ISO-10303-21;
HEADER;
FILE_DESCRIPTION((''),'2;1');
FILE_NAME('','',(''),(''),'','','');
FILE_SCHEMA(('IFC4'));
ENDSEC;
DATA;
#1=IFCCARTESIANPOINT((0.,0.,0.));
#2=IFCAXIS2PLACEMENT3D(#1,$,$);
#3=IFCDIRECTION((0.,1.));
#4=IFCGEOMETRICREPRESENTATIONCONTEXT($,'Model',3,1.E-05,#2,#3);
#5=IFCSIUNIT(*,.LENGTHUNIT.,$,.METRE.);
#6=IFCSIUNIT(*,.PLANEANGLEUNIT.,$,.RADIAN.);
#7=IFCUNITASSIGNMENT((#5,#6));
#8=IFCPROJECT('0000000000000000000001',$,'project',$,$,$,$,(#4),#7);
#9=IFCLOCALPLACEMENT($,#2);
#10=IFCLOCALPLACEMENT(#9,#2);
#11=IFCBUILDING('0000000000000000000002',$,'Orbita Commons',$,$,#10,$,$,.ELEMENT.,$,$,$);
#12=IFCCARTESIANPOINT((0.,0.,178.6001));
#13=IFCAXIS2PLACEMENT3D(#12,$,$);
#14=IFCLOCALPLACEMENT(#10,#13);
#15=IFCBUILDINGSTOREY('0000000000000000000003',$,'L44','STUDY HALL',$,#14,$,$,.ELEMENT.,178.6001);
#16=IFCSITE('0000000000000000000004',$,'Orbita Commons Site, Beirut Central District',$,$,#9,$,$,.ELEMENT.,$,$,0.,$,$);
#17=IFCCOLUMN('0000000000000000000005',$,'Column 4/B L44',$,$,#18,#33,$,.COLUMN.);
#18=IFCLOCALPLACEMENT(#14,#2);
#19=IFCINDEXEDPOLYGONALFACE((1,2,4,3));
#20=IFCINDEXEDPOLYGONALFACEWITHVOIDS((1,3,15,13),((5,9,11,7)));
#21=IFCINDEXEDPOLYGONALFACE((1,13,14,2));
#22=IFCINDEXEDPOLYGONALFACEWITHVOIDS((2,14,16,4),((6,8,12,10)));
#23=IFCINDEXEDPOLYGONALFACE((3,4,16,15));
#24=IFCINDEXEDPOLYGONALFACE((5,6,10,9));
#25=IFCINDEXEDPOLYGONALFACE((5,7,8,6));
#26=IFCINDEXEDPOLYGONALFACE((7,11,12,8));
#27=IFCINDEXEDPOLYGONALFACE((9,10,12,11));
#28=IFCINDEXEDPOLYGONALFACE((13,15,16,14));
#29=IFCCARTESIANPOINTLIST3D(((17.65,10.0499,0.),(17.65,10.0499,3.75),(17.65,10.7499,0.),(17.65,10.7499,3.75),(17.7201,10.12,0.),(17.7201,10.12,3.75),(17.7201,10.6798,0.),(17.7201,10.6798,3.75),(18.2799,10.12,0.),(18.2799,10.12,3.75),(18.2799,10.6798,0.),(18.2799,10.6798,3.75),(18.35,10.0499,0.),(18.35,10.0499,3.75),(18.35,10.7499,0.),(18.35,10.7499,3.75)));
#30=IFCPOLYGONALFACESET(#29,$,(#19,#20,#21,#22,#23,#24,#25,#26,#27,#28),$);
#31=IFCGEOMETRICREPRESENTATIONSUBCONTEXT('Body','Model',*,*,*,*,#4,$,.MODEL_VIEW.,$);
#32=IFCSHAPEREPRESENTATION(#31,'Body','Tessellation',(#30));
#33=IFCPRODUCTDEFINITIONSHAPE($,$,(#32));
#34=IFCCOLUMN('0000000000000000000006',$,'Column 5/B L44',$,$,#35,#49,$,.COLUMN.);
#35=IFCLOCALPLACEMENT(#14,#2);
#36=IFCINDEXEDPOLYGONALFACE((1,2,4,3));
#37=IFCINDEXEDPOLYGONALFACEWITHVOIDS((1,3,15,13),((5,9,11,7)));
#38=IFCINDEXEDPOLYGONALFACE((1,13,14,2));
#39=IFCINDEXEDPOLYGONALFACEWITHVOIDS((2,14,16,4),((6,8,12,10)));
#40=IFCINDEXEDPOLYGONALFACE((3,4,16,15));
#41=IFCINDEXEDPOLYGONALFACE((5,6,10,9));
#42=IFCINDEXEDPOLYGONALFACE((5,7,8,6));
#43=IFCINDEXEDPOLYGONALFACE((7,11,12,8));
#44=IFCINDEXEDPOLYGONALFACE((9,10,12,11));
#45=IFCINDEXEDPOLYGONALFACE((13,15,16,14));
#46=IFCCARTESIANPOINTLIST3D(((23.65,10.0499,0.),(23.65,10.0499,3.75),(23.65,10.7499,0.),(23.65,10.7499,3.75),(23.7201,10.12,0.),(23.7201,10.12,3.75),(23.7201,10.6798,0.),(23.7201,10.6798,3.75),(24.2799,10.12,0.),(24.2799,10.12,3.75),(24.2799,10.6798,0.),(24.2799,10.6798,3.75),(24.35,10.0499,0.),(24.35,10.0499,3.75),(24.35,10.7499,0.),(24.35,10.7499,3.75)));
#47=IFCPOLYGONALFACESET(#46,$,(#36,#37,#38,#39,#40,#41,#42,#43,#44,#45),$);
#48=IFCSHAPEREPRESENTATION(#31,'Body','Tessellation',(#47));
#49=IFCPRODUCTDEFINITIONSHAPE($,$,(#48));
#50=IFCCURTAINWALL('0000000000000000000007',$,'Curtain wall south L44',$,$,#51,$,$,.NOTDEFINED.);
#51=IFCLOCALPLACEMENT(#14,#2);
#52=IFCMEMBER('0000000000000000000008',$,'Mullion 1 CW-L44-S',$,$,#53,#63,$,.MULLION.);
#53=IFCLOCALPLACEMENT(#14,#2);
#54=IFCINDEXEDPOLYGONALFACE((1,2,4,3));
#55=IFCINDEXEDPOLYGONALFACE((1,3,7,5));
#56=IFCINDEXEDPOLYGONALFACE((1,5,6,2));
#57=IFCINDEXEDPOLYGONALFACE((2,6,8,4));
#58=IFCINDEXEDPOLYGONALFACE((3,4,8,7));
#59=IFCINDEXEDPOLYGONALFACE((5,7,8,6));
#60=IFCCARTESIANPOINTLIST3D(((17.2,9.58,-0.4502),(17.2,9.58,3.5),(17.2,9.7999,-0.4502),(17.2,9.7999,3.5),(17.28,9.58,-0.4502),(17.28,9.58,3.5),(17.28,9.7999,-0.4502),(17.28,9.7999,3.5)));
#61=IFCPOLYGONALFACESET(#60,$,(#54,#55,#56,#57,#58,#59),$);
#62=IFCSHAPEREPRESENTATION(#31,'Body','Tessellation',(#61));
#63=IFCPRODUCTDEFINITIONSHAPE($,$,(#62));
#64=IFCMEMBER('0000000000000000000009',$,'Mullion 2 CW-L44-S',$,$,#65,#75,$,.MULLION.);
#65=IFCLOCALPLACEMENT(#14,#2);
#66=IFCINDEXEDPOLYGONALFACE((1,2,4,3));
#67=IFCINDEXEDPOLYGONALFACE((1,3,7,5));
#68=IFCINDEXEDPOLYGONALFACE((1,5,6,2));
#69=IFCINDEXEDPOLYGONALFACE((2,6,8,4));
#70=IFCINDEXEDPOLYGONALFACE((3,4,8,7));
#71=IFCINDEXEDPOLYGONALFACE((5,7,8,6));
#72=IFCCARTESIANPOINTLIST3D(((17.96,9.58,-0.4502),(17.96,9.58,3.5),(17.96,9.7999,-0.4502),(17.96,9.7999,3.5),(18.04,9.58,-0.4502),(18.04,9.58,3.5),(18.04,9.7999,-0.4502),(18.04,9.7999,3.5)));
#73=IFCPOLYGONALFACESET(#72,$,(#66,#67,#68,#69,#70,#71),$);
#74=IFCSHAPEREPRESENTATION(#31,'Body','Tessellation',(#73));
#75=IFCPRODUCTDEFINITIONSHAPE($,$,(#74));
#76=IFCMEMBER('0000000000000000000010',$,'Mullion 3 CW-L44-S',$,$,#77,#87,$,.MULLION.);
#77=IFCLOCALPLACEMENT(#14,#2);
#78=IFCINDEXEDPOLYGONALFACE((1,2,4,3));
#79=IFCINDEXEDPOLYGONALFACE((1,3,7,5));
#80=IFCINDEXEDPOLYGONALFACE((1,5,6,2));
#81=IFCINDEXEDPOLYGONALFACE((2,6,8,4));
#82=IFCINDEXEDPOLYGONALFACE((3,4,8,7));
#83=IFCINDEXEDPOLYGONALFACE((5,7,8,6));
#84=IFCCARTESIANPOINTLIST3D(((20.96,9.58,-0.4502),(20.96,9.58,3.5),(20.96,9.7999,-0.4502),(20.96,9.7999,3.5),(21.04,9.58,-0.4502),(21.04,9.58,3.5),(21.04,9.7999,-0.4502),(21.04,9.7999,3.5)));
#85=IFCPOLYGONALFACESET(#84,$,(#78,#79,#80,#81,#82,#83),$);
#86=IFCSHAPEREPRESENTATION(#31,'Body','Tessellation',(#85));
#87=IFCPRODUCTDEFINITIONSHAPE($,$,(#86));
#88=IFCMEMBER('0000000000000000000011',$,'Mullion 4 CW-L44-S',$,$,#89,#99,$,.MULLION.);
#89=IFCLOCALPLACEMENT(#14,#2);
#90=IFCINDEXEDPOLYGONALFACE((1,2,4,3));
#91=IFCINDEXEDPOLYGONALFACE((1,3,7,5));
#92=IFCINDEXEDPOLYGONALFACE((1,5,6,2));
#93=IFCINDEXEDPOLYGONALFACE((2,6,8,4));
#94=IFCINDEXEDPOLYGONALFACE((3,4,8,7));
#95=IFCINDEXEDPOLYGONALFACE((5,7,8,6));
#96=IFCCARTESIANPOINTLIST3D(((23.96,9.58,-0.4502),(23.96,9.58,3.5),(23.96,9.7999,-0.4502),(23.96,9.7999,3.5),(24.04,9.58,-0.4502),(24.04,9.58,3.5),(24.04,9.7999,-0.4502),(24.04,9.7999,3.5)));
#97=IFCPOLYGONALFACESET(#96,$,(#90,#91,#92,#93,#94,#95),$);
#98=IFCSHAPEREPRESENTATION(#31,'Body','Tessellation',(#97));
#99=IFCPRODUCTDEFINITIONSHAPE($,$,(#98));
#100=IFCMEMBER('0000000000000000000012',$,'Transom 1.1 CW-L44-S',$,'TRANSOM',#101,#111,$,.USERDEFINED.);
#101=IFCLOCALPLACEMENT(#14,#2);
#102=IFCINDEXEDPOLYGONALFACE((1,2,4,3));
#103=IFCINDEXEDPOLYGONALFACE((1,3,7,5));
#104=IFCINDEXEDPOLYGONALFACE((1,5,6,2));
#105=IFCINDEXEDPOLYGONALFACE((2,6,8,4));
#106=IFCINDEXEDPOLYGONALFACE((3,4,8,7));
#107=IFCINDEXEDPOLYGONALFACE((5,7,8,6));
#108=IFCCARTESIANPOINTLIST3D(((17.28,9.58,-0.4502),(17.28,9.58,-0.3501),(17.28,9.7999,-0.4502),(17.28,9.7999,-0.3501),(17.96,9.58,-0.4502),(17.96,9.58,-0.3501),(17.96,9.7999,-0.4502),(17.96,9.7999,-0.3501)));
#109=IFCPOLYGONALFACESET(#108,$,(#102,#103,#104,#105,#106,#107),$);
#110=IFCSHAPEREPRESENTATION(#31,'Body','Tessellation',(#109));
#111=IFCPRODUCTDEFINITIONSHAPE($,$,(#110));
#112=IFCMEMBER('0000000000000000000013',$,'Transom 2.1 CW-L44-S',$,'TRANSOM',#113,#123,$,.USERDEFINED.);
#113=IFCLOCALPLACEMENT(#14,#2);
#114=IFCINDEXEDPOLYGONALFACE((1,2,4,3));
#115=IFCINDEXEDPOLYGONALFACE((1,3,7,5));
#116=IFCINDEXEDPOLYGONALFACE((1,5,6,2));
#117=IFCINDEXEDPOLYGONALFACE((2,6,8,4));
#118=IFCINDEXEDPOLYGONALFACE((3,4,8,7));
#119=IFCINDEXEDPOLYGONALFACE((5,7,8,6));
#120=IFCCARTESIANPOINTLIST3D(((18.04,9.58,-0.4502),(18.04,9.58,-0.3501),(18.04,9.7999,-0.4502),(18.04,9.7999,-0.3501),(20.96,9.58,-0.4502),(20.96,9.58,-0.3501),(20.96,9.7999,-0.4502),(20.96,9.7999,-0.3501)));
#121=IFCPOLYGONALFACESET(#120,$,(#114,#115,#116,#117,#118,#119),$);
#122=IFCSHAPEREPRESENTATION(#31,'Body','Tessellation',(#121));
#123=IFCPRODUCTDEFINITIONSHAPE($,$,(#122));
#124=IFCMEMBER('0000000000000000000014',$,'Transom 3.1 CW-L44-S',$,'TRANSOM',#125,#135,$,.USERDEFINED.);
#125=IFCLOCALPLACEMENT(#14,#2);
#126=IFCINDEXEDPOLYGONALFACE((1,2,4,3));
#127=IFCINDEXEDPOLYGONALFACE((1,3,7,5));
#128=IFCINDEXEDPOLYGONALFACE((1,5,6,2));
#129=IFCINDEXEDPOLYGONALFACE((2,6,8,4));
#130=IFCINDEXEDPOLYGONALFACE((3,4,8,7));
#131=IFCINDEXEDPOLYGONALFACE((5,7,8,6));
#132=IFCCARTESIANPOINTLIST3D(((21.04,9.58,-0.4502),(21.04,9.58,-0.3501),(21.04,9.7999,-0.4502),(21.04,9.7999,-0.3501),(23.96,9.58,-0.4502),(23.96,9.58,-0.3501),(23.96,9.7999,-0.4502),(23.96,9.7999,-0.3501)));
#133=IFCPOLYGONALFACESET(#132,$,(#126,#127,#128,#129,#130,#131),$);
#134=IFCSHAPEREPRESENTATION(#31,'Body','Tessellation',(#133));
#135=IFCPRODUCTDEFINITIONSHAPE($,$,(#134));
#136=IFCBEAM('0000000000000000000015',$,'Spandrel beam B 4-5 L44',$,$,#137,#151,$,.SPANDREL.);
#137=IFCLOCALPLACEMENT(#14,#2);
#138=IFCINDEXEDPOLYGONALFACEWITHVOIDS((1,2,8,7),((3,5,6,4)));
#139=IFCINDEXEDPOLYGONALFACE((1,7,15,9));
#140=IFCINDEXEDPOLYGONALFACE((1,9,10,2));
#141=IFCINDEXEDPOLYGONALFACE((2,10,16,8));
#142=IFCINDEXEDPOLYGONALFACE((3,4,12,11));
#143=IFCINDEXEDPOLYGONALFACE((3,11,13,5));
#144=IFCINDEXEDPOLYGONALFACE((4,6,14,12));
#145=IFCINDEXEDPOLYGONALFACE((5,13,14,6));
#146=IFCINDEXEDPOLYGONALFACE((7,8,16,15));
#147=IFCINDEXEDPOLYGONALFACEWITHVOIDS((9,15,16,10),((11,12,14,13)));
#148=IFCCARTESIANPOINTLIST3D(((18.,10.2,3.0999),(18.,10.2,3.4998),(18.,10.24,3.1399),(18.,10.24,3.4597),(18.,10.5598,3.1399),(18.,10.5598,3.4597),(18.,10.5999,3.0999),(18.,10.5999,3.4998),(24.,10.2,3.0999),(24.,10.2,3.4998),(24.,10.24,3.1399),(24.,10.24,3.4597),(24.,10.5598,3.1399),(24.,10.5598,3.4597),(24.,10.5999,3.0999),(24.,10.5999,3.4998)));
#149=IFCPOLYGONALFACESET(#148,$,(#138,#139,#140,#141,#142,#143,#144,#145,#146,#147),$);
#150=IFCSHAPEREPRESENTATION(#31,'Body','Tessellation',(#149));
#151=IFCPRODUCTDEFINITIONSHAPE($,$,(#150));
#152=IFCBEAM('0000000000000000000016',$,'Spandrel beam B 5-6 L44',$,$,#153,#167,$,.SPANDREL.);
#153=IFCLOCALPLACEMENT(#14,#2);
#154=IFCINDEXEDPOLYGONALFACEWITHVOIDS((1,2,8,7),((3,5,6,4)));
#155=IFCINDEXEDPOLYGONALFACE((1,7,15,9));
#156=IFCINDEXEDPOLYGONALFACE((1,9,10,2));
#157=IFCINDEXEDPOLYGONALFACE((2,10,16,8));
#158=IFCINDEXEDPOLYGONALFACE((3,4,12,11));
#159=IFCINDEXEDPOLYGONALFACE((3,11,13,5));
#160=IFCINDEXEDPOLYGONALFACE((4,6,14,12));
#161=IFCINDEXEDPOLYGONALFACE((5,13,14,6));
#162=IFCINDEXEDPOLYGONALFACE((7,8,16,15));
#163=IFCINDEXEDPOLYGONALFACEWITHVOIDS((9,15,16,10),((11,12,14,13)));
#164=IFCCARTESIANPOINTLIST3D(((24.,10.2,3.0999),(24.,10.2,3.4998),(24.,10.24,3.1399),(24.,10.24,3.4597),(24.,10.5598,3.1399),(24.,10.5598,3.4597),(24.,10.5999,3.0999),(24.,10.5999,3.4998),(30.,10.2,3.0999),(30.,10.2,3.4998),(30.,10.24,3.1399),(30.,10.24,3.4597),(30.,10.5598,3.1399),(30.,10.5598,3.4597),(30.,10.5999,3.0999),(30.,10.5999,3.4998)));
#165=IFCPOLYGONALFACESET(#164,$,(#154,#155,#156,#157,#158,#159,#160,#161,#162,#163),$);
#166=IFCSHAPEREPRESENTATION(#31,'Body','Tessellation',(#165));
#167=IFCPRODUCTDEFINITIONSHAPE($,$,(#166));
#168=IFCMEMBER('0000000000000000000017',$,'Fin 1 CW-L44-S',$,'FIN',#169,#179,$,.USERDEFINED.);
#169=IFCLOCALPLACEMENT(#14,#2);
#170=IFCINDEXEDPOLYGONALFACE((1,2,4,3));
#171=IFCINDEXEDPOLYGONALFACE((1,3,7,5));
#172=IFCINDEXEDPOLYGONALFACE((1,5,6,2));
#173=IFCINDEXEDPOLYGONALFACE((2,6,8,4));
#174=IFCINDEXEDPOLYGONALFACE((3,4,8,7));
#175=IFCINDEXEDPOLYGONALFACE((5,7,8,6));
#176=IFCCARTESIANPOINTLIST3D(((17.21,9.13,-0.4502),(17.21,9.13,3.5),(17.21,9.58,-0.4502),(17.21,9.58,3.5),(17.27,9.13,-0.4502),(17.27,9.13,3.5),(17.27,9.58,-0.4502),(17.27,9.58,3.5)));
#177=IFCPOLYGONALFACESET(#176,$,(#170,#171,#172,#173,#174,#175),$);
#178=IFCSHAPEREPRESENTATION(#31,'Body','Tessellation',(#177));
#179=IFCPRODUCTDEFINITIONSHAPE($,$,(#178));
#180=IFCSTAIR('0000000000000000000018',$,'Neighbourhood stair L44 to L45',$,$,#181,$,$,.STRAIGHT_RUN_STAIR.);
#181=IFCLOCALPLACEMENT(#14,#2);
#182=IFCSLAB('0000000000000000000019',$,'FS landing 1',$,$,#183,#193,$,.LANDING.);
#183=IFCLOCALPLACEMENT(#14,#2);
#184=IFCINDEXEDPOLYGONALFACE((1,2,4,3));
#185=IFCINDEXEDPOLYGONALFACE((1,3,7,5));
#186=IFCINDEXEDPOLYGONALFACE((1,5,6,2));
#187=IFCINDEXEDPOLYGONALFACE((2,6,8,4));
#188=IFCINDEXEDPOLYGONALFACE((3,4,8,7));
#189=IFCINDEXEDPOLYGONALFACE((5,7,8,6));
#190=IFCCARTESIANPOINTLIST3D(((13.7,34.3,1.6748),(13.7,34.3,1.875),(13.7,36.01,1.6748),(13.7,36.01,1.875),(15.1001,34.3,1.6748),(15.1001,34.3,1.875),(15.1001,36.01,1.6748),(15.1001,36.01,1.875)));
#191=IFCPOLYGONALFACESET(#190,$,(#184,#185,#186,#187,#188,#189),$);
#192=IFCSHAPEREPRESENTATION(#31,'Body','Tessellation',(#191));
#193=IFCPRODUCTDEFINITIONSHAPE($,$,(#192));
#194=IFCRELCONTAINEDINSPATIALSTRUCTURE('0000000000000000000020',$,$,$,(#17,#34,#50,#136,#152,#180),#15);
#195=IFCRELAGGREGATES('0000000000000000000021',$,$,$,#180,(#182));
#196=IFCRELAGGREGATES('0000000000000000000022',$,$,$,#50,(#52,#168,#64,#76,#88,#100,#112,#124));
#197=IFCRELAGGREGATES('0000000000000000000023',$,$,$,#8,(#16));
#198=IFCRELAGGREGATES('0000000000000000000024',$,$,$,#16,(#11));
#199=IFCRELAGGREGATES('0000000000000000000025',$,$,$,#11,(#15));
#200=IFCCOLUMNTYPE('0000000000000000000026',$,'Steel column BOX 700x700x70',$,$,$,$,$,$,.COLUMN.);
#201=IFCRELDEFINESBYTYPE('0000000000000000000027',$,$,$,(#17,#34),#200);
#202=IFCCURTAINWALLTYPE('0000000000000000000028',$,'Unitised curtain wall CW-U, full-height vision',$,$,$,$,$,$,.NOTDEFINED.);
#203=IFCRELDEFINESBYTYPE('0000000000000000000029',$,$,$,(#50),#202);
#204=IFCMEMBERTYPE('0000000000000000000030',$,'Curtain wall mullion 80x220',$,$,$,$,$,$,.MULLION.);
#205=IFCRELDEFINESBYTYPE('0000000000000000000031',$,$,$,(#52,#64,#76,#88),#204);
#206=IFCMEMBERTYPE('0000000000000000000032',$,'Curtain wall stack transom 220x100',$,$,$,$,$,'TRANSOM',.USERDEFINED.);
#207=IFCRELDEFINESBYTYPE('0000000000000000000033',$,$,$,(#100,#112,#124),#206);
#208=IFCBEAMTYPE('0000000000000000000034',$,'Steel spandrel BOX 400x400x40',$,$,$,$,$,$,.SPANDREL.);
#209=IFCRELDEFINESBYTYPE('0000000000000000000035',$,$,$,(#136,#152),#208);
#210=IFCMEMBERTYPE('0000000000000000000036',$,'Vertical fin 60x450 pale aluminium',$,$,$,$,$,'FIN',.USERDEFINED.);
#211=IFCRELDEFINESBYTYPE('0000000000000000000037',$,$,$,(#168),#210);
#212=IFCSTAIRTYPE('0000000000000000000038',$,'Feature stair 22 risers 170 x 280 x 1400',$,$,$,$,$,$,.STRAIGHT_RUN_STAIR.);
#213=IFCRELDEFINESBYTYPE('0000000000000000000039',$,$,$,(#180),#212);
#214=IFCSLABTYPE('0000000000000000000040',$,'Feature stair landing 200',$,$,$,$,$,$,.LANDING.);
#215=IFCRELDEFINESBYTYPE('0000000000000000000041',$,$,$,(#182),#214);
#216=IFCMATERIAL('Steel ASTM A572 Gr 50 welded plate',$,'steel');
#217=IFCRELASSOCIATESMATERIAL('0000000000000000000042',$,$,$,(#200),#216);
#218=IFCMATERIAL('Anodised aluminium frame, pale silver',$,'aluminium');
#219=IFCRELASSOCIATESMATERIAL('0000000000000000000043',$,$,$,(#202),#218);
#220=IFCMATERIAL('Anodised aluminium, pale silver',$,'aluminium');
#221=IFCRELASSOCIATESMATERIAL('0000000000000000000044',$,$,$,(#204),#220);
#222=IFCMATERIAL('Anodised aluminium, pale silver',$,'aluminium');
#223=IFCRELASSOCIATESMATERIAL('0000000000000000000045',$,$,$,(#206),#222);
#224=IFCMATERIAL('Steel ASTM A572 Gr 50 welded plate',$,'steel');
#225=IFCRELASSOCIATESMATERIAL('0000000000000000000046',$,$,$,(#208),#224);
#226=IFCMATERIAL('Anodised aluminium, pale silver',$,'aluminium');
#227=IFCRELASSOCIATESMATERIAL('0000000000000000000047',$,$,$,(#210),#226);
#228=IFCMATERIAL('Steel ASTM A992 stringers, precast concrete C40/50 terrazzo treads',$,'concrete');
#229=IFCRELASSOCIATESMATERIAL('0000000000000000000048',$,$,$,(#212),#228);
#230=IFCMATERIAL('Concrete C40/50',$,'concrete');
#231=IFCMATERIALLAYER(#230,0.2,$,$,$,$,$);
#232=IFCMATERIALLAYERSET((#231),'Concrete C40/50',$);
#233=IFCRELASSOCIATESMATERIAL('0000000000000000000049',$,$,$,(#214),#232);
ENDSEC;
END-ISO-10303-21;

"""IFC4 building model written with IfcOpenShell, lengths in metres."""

from ifc_helpers import new_model, si_unit, direction, frame, origin, origin_2d, place, context, subcontext, project, spatial, polyline, rectangle, hollow_rectangle, outline, extrude, material, layer, layer_set, material_profile, profile_set, type_object, element, aggregate, save


model = new_model("IFC4")

# Units and contexts
model_context = context("Model", 3, precision=1e-05, world=origin(), true_north=direction((0.0, 1.0)))
body_context = subcontext(model_context, "Body", "Model", "MODEL_VIEW")
ifc_project = project(units=[si_unit("LENGTHUNIT", "METRE"), si_unit("PLANEANGLEUNIT", "RADIAN")], contexts=[model_context])

# Site, building, storey
site_placement = place(None, origin())
site = spatial("IfcSite", under=ifc_project, at=site_placement, Name="Orbita Commons Site, Beirut Central District", CompositionType="ELEMENT", RefElevation=0.0)
building_placement = place(site_placement, origin())
building = spatial("IfcBuilding", under=site, at=building_placement, Name="Orbita Commons", CompositionType="ELEMENT")
storey_placement = place(building_placement, frame((0.0, 0.0, 178.6001)))
storey = spatial("IfcBuildingStorey", under=building, at=storey_placement, Name="L44", Description="STUDY HALL", CompositionType="ELEMENT", Elevation=178.6001)

# Columns
ifc_material_1 = material(Name="Steel ASTM A572 Gr 50 welded plate", Category="steel")
ifc_material_profile_1 = material_profile(ifc_material_1, hollow_rectangle(XDim=0.7, YDim=0.7, WallThickness=0.0701, at=origin_2d()), Name="BOX 700x700x70")
ifc_profile_set_1 = profile_set([ifc_material_profile_1], Name="Steel ASTM A572 Gr 50 welded plate")
column_type = type_object("IfcColumnType", Name="Steel column BOX 700x700x70", PredefinedType="COLUMN", material=ifc_profile_set_1)
for number, where, z_axis, x_axis, name in (
    (1, (18.0, 10.3999, 0.0), (0.0, 0.0, 1.0), (1.0, 0.0, 0.0), "Column 4/B L44"),
    (2, (24.0, 10.3999, 0.0), (0.0, 0.0, 1.0), (1.0, 0.0, 0.0), "Column 5/B L44"),
):
    element("IfcColumn", number, at=place(storey_placement, frame(where, z_axis=z_axis, x_axis=x_axis)), inside=storey, type_object=column_type, Name=name, PredefinedType="COLUMN", context=body_context, shape_type="SweptSolid", body=[
        extrude(hollow_rectangle(XDim=0.7, YDim=0.7, WallThickness=0.0701, at=origin_2d()), origin(), (0.0, 0.0, 1.0), 3.75),
    ])

# Curtain wall, members
ifc_material_2 = material(Name="Anodised aluminium frame, pale silver", Category="aluminium")
curtain_wall_type = type_object("IfcCurtainWallType", Name="Unitised curtain wall CW-U, full-height vision", PredefinedType="NOTDEFINED", material=ifc_material_2)
curtain_wall_placement = place(storey_placement, origin())
curtain_wall = element("IfcCurtainWall", 3, at=curtain_wall_placement, inside=storey, type_object=curtain_wall_type, Name="Curtain wall south L44", PredefinedType="NOTDEFINED")
ifc_material_3 = material(Name="Anodised aluminium, pale silver", Category="aluminium")
ifc_material_profile_2 = material_profile(ifc_material_3, rectangle(XDim=0.0801, YDim=0.22, at=origin_2d()), Name="AL 80x220")
ifc_profile_set_2 = profile_set([ifc_material_profile_2], Name="Anodised aluminium, pale silver")
member_type_1 = type_object("IfcMemberType", Name="Curtain wall mullion 80x220", PredefinedType="MULLION", material=ifc_profile_set_2)
member_1_placement = place(storey_placement, frame((17.24, 9.6899, -0.4502), z_axis=(0.0, 0.0, 1.0), x_axis=(1.0, 0.0, 0.0)))
member_1 = element("IfcMember", 4, at=member_1_placement, type_object=member_type_1, Name="Mullion 1 CW-L44-S", PredefinedType="MULLION", context=body_context, shape_type="SweptSolid", body=[
    extrude(rectangle(XDim=0.0801, YDim=0.22, at=origin_2d()), origin(), (0.0, 0.0, 1.0), 3.9502),
])
member_2_placement = place(storey_placement, frame((18.0, 9.6899, -0.4502), z_axis=(0.0, 0.0, 1.0), x_axis=(1.0, 0.0, 0.0)))
member_2 = element("IfcMember", 5, at=member_2_placement, type_object=member_type_1, Name="Mullion 2 CW-L44-S", PredefinedType="MULLION", context=body_context, shape_type="SweptSolid", body=[
    extrude(rectangle(XDim=0.0801, YDim=0.22, at=origin_2d()), origin(), (0.0, 0.0, 1.0), 3.9502),
])
member_3_placement = place(storey_placement, frame((21.0, 9.6899, -0.4502), z_axis=(0.0, 0.0, 1.0), x_axis=(1.0, 0.0, 0.0)))
member_3 = element("IfcMember", 6, at=member_3_placement, type_object=member_type_1, Name="Mullion 3 CW-L44-S", PredefinedType="MULLION", context=body_context, shape_type="SweptSolid", body=[
    extrude(rectangle(XDim=0.0801, YDim=0.22, at=origin_2d()), origin(), (0.0, 0.0, 1.0), 3.9502),
])
member_4_placement = place(storey_placement, frame((24.0, 9.6899, -0.4502), z_axis=(0.0, 0.0, 1.0), x_axis=(1.0, 0.0, 0.0)))
member_4 = element("IfcMember", 7, at=member_4_placement, type_object=member_type_1, Name="Mullion 4 CW-L44-S", PredefinedType="MULLION", context=body_context, shape_type="SweptSolid", body=[
    extrude(rectangle(XDim=0.0801, YDim=0.22, at=origin_2d()), origin(), (0.0, 0.0, 1.0), 3.9502),
])
ifc_material_4 = material(Name="Anodised aluminium, pale silver", Category="aluminium")
ifc_material_profile_3 = material_profile(ifc_material_4, rectangle(XDim=0.22, YDim=0.1001, at=origin_2d()), Name="AL 220x100")
ifc_profile_set_3 = profile_set([ifc_material_profile_3], Name="Anodised aluminium, pale silver")
member_type_2 = type_object("IfcMemberType", Name="Curtain wall stack transom 220x100", ElementType="TRANSOM", PredefinedType="USERDEFINED", material=ifc_profile_set_3)
member_5_placement = place(storey_placement, frame((17.28, 9.6899, -0.4001), z_axis=(1.0, 0.0, 0.0), x_axis=(0.0, 1.0, 0.0)))
member_5 = element("IfcMember", 8, at=member_5_placement, type_object=member_type_2, Name="Transom 1.1 CW-L44-S", ObjectType="TRANSOM", PredefinedType="USERDEFINED", context=body_context, shape_type="SweptSolid", body=[
    extrude(rectangle(XDim=0.22, YDim=0.1001, at=origin_2d()), origin(), (0.0, 0.0, 1.0), 0.6799),
])
member_6_placement = place(storey_placement, frame((18.04, 9.6899, -0.4001), z_axis=(1.0, 0.0, 0.0), x_axis=(0.0, 1.0, 0.0)))
member_6 = element("IfcMember", 9, at=member_6_placement, type_object=member_type_2, Name="Transom 2.1 CW-L44-S", ObjectType="TRANSOM", PredefinedType="USERDEFINED", context=body_context, shape_type="SweptSolid", body=[
    extrude(rectangle(XDim=0.22, YDim=0.1001, at=origin_2d()), origin(), (0.0, 0.0, 1.0), 2.9199),
])
member_7_placement = place(storey_placement, frame((21.04, 9.6899, -0.4001), z_axis=(1.0, 0.0, 0.0), x_axis=(0.0, 1.0, 0.0)))
member_7 = element("IfcMember", 10, at=member_7_placement, type_object=member_type_2, Name="Transom 3.1 CW-L44-S", ObjectType="TRANSOM", PredefinedType="USERDEFINED", context=body_context, shape_type="SweptSolid", body=[
    extrude(rectangle(XDim=0.22, YDim=0.1001, at=origin_2d()), origin(), (0.0, 0.0, 1.0), 2.9199),
])

# Beams
ifc_material_5 = material(Name="Steel ASTM A572 Gr 50 welded plate", Category="steel")
ifc_material_profile_4 = material_profile(ifc_material_5, hollow_rectangle(XDim=0.3999, YDim=0.3999, WallThickness=0.04, at=origin_2d()), Name="BOX 400x400x40")
ifc_profile_set_4 = profile_set([ifc_material_profile_4], Name="Steel ASTM A572 Gr 50 welded plate")
beam_type = type_object("IfcBeamType", Name="Steel spandrel BOX 400x400x40", PredefinedType="SPANDREL", material=ifc_profile_set_4)
for number, where, z_axis, x_axis, name in (
    (11, (18.0, 10.3999, 3.2998), (1.0, 0.0, 0.0), (0.0, 1.0, 0.0), "Spandrel beam B 4-5 L44"),
    (12, (24.0, 10.3999, 3.2998), (1.0, 0.0, 0.0), (0.0, 1.0, 0.0), "Spandrel beam B 5-6 L44"),
):
    element("IfcBeam", number, at=place(storey_placement, frame(where, z_axis=z_axis, x_axis=x_axis)), inside=storey, type_object=beam_type, Name=name, PredefinedType="SPANDREL", context=body_context, shape_type="SweptSolid", body=[
        extrude(hollow_rectangle(XDim=0.3999, YDim=0.3999, WallThickness=0.04, at=origin_2d()), origin(), (0.0, 0.0, 1.0), 6.0),
    ])

# Member
ifc_material_6 = material(Name="Anodised aluminium, pale silver", Category="aluminium")
ifc_material_profile_5 = material_profile(ifc_material_6, rectangle(XDim=0.0601, YDim=0.45, at=origin_2d()), Name="FIN 60x450")
ifc_profile_set_5 = profile_set([ifc_material_profile_5], Name="Anodised aluminium, pale silver")
member_type_3 = type_object("IfcMemberType", Name="Vertical fin 60x450 pale aluminium", ElementType="FIN", PredefinedType="USERDEFINED", material=ifc_profile_set_5)
member_8_placement = place(storey_placement, frame((17.24, 9.355, -0.4502), z_axis=(0.0, 0.0, 1.0), x_axis=(1.0, 0.0, 0.0)))
member_8 = element("IfcMember", 13, at=member_8_placement, type_object=member_type_3, Name="Fin 1 CW-L44-S", ObjectType="FIN", PredefinedType="USERDEFINED", context=body_context, shape_type="SweptSolid", body=[
    extrude(rectangle(XDim=0.0601, YDim=0.45, at=origin_2d()), origin(), (0.0, 0.0, 1.0), 3.9502),
])

# Stair, slab
ifc_material_7 = material(Name="Steel ASTM A992 stringers, precast concrete C40/50 terrazzo treads", Category="concrete")
stair_type_1 = type_object("IfcStairType", Name="Feature stair 22 risers 170 x 280 x 1400", PredefinedType="STRAIGHT_RUN_STAIR", material=ifc_material_7)
stair_1_placement = place(storey_placement, origin())
stair_1 = element("IfcStair", 14, at=stair_1_placement, inside=storey, type_object=stair_type_1, Name="Neighbourhood stair L44 to L45", PredefinedType="STRAIGHT_RUN_STAIR")
ifc_material_8 = material(Name="Concrete C40/50", Category="concrete")
ifc_layer_1 = layer(ifc_material_8, 0.2)
ifc_layer_set_1 = layer_set([ifc_layer_1], Name="Concrete C40/50")
slab_type_1 = type_object("IfcSlabType", Name="Feature stair landing 200", PredefinedType="LANDING", material=ifc_layer_set_1)
slab_1_placement = place(storey_placement, frame((0.0, 0.0, 1.6748)))
slab_1 = element("IfcSlab", 15, at=slab_1_placement, type_object=slab_type_1, Name="FS landing 1", PredefinedType="LANDING", context=body_context, shape_type="SweptSolid", body=[
    extrude(outline(polyline([(13.7, 34.3), (15.1001, 34.3), (15.1001, 36.01), (13.7, 36.01), (13.7, 34.3)])), origin(), (0.0, 0.0, 1.0), 0.2002),
])
aggregate(stair_1, [slab_1])

aggregate(curtain_wall, [member_1, member_8, member_2, member_3, member_4, member_5, member_6, member_7])

save(model, "model.ifc")
